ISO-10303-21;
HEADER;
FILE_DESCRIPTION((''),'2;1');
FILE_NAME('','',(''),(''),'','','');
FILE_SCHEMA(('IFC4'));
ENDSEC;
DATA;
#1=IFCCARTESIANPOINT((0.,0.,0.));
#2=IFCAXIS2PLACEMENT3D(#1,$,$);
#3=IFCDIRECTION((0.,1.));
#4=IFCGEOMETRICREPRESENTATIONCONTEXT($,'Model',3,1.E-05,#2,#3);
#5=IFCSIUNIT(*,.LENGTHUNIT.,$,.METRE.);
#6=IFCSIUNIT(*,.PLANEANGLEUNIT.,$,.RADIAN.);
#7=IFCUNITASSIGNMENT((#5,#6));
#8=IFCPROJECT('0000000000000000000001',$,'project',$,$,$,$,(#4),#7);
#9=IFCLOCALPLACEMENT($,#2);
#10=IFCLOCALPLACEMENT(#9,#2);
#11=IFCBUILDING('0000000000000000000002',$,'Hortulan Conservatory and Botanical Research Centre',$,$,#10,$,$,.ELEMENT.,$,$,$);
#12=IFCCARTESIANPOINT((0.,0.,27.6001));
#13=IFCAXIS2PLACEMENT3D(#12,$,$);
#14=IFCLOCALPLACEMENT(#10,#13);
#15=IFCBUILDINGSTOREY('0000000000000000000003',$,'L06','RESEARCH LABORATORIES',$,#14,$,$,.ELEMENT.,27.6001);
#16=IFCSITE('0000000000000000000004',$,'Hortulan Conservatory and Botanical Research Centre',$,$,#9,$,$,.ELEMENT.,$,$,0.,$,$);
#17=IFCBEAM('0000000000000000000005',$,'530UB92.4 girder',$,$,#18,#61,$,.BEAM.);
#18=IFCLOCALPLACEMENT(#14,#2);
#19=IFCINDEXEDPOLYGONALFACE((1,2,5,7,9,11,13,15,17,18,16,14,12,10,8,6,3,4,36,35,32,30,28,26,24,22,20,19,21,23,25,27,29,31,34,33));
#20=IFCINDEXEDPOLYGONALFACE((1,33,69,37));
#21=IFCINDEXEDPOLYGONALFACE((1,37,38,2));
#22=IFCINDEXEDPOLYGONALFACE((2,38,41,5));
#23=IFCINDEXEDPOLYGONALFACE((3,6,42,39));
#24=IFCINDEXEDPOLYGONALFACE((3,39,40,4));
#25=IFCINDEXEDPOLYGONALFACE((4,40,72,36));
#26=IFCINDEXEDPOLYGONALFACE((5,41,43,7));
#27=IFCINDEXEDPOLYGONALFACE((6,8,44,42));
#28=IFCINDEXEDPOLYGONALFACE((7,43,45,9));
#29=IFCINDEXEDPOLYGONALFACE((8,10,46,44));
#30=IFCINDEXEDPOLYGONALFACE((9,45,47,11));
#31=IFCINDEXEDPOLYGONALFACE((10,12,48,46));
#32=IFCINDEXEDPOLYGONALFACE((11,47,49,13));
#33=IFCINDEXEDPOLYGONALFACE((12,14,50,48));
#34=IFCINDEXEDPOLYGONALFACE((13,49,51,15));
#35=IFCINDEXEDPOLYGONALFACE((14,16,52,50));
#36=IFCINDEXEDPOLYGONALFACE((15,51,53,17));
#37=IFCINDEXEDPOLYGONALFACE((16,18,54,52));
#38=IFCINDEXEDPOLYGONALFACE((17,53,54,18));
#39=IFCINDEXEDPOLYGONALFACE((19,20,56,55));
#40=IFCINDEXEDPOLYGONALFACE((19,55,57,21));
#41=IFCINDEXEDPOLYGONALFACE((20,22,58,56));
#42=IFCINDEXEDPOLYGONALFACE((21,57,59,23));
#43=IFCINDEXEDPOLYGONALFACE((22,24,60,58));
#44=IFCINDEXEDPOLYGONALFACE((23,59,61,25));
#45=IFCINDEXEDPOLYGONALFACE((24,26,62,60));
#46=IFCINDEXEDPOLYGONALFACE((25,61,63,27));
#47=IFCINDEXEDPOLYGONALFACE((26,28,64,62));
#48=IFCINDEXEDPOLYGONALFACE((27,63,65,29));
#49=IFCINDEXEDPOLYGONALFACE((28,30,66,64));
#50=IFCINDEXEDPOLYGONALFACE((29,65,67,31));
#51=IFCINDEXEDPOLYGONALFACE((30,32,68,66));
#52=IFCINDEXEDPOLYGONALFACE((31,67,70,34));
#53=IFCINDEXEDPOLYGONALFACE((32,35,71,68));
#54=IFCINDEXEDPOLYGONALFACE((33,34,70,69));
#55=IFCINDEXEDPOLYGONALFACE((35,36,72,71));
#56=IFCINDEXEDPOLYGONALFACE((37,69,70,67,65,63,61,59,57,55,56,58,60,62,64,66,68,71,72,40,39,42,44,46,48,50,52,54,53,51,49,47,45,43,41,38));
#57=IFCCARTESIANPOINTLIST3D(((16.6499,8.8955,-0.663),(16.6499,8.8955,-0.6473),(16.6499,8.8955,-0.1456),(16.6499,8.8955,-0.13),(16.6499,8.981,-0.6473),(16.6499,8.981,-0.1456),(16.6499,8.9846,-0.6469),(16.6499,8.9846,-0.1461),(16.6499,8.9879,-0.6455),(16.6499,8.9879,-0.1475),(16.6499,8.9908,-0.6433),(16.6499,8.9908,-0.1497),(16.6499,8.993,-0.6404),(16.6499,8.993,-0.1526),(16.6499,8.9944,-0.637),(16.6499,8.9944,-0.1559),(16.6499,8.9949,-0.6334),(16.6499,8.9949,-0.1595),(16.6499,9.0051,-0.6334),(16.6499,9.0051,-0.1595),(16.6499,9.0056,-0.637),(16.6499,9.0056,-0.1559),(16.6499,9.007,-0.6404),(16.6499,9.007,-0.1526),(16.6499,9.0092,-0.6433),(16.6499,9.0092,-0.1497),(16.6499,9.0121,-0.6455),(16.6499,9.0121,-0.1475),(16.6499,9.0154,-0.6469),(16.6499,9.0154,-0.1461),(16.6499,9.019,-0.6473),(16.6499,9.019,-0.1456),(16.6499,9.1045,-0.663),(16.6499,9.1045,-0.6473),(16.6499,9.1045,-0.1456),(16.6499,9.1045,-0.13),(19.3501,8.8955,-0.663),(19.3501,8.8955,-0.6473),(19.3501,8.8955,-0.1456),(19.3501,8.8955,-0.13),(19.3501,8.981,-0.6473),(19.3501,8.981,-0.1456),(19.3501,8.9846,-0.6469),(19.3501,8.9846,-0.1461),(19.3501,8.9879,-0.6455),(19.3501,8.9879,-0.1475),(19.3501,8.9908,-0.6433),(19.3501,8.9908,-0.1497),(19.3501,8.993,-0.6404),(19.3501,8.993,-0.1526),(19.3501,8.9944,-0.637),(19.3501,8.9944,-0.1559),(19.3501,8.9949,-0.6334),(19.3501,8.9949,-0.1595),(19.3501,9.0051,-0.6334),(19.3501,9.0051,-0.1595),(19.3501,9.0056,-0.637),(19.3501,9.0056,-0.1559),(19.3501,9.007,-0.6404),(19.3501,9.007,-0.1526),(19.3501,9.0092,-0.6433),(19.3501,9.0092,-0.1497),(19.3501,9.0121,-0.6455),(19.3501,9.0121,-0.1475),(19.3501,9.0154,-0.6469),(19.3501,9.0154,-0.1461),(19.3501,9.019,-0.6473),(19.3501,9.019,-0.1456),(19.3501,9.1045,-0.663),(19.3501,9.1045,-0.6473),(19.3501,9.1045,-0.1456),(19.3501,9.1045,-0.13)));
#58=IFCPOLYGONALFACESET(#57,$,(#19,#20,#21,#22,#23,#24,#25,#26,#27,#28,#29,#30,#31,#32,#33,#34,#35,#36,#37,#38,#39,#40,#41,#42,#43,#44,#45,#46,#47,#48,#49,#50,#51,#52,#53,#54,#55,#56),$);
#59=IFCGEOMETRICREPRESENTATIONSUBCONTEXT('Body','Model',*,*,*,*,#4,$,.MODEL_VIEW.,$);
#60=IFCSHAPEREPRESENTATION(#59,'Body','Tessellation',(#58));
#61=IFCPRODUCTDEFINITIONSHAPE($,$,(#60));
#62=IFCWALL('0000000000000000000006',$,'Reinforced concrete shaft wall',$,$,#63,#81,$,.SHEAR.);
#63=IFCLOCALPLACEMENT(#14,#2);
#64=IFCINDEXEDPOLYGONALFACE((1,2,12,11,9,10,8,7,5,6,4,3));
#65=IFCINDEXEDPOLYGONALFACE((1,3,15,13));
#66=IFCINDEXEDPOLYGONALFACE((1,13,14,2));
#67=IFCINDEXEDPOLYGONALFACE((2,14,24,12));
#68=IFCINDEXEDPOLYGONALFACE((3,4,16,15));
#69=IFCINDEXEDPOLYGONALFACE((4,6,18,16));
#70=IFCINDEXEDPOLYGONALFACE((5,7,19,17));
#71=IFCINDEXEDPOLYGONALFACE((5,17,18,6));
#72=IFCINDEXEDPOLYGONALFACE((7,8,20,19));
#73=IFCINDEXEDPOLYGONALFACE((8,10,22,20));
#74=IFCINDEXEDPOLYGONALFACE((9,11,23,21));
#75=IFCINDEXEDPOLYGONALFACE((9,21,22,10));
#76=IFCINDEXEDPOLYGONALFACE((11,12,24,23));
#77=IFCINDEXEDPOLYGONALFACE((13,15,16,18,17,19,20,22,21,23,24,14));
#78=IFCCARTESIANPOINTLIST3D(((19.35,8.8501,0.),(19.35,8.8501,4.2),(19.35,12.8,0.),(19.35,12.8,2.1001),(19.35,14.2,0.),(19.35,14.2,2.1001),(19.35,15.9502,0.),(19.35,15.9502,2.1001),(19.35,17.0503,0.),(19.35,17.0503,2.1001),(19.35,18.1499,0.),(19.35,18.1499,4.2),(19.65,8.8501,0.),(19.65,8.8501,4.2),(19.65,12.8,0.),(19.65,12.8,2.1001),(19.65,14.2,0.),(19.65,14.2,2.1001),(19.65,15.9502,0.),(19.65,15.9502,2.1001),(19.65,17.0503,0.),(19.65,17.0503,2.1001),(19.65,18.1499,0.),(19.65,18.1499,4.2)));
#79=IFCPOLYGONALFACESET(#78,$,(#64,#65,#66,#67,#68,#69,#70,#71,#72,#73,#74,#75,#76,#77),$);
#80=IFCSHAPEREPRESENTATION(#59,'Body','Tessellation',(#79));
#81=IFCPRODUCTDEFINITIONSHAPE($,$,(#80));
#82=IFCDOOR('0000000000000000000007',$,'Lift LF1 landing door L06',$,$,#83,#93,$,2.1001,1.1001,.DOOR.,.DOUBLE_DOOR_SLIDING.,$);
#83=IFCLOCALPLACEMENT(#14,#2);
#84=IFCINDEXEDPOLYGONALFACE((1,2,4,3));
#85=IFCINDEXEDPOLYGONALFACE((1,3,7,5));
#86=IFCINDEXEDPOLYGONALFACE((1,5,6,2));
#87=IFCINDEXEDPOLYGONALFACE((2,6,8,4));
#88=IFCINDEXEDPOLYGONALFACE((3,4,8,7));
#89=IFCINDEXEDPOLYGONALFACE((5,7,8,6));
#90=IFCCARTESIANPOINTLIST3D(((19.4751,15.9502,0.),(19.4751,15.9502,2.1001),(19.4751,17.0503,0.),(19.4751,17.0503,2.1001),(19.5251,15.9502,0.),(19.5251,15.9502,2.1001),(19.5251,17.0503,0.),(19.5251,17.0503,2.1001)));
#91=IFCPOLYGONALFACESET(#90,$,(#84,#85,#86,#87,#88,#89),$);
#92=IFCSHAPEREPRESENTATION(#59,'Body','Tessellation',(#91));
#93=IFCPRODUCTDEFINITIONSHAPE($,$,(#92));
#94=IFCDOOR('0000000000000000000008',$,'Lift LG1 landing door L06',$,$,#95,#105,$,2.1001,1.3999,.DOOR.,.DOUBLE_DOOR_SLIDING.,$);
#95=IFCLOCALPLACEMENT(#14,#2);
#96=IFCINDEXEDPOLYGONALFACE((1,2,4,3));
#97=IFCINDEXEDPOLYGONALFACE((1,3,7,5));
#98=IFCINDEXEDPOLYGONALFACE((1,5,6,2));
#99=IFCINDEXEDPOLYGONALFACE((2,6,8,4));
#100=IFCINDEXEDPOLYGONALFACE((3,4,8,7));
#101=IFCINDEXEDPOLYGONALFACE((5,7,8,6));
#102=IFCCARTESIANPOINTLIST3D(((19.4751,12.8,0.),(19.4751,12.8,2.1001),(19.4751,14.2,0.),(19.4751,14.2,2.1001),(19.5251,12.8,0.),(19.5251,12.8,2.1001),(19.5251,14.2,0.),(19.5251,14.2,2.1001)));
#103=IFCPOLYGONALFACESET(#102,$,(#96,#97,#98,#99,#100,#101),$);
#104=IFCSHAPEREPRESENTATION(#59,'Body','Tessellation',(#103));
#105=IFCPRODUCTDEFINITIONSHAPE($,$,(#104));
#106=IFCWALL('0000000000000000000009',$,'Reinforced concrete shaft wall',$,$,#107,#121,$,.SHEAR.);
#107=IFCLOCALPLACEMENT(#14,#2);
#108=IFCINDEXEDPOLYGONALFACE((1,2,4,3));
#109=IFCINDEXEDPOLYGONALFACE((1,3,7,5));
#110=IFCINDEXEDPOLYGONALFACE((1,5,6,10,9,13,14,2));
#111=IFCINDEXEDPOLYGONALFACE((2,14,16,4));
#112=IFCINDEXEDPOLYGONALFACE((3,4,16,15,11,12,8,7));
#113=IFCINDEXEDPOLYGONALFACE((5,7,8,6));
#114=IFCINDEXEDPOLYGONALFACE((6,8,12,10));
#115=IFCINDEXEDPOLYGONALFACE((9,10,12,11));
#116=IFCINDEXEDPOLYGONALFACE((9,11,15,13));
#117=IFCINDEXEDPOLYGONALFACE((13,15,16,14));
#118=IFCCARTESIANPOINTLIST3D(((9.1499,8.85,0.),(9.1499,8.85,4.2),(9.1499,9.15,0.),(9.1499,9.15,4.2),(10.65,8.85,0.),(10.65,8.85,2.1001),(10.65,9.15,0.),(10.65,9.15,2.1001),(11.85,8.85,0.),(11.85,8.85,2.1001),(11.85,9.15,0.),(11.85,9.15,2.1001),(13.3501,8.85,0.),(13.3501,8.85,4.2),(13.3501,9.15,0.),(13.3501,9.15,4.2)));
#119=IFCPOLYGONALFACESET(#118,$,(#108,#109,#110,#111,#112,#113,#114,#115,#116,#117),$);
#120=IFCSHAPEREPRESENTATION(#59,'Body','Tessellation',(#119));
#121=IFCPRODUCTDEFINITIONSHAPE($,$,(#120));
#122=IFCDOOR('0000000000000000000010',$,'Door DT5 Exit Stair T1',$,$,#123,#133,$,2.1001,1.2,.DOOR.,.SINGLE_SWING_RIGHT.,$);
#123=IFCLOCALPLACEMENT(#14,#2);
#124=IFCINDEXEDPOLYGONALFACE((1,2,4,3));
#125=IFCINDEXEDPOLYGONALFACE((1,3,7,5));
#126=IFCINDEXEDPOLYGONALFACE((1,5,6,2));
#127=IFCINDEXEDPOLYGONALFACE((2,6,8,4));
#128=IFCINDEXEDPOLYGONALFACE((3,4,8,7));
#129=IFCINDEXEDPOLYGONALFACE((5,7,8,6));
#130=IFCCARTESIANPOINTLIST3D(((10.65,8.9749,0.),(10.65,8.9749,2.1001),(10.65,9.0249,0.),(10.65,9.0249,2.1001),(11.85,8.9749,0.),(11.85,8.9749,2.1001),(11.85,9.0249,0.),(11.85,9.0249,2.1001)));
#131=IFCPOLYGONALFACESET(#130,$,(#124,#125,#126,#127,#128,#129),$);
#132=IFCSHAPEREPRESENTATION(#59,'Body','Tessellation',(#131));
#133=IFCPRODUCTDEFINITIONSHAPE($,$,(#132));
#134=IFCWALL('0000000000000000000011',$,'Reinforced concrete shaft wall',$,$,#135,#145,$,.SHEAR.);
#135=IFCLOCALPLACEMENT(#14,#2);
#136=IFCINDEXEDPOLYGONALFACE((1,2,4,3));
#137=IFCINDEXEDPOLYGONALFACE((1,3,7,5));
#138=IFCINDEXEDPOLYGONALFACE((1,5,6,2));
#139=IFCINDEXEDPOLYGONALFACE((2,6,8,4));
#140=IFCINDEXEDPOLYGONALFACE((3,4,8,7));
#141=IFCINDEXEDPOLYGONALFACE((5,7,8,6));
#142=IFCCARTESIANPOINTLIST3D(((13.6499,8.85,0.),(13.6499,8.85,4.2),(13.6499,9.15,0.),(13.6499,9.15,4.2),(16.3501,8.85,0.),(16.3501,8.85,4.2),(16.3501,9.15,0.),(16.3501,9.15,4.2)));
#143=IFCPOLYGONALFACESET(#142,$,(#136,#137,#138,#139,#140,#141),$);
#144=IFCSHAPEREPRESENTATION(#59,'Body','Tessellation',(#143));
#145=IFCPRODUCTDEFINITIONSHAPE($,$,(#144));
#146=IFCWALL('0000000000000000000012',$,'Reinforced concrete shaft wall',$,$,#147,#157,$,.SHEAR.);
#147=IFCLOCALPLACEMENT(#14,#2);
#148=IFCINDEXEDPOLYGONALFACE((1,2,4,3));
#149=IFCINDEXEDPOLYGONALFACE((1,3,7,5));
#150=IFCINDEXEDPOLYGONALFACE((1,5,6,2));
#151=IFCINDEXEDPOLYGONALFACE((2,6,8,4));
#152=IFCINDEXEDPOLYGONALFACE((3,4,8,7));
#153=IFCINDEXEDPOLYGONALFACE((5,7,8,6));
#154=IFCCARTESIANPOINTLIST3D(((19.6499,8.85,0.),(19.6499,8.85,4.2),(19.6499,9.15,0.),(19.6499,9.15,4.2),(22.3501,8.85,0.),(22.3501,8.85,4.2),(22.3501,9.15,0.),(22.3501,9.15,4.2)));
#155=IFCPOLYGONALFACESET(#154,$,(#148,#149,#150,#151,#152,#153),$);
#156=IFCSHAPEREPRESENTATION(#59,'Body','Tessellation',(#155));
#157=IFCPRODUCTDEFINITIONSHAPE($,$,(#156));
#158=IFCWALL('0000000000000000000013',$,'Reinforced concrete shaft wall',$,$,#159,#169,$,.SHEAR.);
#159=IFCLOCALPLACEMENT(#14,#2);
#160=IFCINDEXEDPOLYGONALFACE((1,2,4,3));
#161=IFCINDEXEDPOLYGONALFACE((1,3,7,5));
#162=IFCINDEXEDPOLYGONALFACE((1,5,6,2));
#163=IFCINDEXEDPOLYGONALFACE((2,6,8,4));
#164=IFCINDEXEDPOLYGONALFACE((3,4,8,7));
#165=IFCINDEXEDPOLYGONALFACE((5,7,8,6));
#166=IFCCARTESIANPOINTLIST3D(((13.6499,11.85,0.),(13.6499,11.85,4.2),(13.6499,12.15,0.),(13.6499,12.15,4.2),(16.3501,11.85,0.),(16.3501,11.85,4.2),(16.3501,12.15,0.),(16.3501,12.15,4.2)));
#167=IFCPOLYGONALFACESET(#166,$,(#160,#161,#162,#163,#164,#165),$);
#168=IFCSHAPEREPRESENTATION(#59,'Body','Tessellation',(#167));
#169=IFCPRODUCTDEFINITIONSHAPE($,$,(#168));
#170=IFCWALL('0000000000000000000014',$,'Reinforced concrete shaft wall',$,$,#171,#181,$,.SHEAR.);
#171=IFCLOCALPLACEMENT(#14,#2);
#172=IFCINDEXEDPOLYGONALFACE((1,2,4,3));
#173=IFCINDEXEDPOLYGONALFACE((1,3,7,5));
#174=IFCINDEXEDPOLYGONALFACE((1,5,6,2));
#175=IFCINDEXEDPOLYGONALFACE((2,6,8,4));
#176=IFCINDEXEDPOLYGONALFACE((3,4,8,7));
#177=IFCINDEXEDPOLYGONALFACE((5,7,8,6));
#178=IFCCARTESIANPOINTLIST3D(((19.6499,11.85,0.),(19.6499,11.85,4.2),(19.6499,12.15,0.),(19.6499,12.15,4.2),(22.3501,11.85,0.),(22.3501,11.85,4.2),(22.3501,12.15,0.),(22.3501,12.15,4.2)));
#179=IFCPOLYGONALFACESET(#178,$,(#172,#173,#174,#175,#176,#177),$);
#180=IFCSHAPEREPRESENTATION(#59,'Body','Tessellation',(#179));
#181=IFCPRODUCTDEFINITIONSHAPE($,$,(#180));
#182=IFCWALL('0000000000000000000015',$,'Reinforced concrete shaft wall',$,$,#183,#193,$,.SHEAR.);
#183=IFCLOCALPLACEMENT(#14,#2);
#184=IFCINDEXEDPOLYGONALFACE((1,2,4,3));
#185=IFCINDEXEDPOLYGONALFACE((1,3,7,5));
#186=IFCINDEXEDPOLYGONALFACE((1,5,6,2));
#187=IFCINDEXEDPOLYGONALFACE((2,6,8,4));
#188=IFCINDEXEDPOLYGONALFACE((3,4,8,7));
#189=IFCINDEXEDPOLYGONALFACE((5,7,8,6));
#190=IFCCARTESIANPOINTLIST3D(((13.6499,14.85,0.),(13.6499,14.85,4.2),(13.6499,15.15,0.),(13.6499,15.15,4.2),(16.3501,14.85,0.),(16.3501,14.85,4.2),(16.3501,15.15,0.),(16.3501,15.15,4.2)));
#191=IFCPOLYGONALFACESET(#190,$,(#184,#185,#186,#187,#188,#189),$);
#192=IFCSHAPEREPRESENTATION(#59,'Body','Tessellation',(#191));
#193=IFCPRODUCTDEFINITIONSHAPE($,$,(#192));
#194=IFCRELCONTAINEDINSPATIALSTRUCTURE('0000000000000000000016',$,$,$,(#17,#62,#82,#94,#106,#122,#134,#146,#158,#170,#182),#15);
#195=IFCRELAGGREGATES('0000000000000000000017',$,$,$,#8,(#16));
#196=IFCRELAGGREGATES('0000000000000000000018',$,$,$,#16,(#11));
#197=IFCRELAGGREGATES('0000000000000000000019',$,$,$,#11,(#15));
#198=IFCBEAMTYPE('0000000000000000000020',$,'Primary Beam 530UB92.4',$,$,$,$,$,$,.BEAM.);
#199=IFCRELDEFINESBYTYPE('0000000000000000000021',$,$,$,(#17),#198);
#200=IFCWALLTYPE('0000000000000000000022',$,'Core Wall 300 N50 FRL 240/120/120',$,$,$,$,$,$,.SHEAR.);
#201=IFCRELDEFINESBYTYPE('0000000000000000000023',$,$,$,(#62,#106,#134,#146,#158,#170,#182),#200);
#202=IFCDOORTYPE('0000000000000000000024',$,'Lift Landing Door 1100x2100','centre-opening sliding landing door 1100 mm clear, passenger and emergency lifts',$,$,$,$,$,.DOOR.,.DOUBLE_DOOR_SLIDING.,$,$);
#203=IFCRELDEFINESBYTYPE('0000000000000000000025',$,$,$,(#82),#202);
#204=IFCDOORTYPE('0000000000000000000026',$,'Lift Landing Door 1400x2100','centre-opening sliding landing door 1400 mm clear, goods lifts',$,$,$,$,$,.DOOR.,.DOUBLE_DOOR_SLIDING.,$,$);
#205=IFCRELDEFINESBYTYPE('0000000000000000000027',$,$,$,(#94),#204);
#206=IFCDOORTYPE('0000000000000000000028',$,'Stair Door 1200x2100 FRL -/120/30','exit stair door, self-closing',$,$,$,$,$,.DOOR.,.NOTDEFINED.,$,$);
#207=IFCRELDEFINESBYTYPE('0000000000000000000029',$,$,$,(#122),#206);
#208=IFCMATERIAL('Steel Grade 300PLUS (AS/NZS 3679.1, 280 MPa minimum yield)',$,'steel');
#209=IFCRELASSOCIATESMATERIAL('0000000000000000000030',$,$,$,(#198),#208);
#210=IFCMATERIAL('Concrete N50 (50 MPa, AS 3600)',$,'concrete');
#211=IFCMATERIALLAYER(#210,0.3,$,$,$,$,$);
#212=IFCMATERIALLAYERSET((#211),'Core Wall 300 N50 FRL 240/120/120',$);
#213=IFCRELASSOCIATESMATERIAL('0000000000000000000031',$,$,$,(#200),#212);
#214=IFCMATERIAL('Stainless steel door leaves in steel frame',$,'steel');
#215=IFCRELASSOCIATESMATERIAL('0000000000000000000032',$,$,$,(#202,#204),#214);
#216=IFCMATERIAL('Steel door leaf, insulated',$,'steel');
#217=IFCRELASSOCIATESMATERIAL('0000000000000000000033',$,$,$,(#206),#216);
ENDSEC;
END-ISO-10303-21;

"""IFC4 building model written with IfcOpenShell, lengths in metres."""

from ifc_helpers import new_model, si_unit, direction, frame, frame_2d, origin, origin_2d, place, context, subcontext, project, spatial, rectangle, i_section, extrude, material, layer, layer_set, material_profile, profile_set, type_object, element, fill, save


model = new_model("IFC4")

# Units and contexts
model_context = context("Model", 3, precision=1e-05, world=origin(), true_north=direction((0.0, 1.0)))
body_context = subcontext(model_context, "Body", "Model", "MODEL_VIEW")
ifc_project = project(units=[si_unit("LENGTHUNIT", "METRE"), si_unit("PLANEANGLEUNIT", "RADIAN")], contexts=[model_context])

# Site, building, storey
site_placement = place(None, origin())
site = spatial("IfcSite", under=ifc_project, at=site_placement, Name="Hortulan Conservatory and Botanical Research Centre", CompositionType="ELEMENT", RefElevation=0.0)
building_placement = place(site_placement, origin())
building = spatial("IfcBuilding", under=site, at=building_placement, Name="Hortulan Conservatory and Botanical Research Centre", CompositionType="ELEMENT")
storey_placement = place(building_placement, frame((0.0, 0.0, 27.6001)))
storey = spatial("IfcBuildingStorey", under=building, at=storey_placement, Name="L06", Description="RESEARCH LABORATORIES", CompositionType="ELEMENT", Elevation=27.6001)

# Beam
ifc_material_1 = material(Name="Steel Grade 300PLUS (AS/NZS 3679.1, 280 MPa minimum yield)", Category="steel")
ifc_material_profile = material_profile(ifc_material_1, i_section(OverallWidth=0.209, OverallDepth=0.533, WebThickness=0.0103, FlangeThickness=0.0156, FilletRadius=0.0139, at=origin_2d()), Name="530UB92.4")
ifc_profile_set = profile_set([ifc_material_profile], Name="Steel Grade 300PLUS (AS/NZS 3679.1, 280 MPa minimum yield)")
beam_type = type_object("IfcBeamType", Name="Primary Beam 530UB92.4", PredefinedType="BEAM", material=ifc_profile_set)
beam_placement = place(storey_placement, frame((16.6499, 9.0, -0.3965), z_axis=(1.0, 0.0, 0.0), x_axis=(0.0, 1.0, 0.0)))
element("IfcBeam", 1, at=beam_placement, inside=storey, type_object=beam_type, Name="530UB92.4 girder", PredefinedType="BEAM", context=body_context, shape_type="SweptSolid", body=[
    extrude(i_section(OverallWidth=0.209, OverallDepth=0.533, WebThickness=0.0103, FlangeThickness=0.0156, FilletRadius=0.0139, at=origin_2d()), origin(), (0.0, 0.0, 1.0), 2.7002),
])

# Wall, openings, doors
ifc_material_2 = material(Name="Concrete N50 (50 MPa, AS 3600)", Category="concrete")
ifc_layer_1 = layer(ifc_material_2, 0.3)
ifc_layer_set_1 = layer_set([ifc_layer_1], Name="Core Wall 300 N50 FRL 240/120/120")
wall_type = type_object("IfcWallType", Name="Core Wall 300 N50 FRL 240/120/120", PredefinedType="SHEAR", material=ifc_layer_set_1)
wall_1_placement = place(storey_placement, frame((19.5, 8.8501, 0.0), z_axis=(0.0, 0.0, 1.0), x_axis=(0.0, 1.0, 0.0)))
wall_1 = element("IfcWall", 2, at=wall_1_placement, inside=storey, type_object=wall_type, Name="Reinforced concrete shaft wall", PredefinedType="SHEAR", context=body_context, shape_type="SweptSolid", body=[
    extrude(rectangle(XDim=9.2998, YDim=0.3, at=frame_2d((4.6499, 0.0))), origin(), (0.0, 0.0, 1.0), 4.2),
])
opening_1_placement = place(wall_1_placement, frame((3.95, 0.0, 0.0)))
opening_1 = element("IfcOpeningElement", 3, at=opening_1_placement, cuts=wall_1, PredefinedType="OPENING", context=body_context, shape_type="SweptSolid", body=[
    extrude(rectangle(XDim=1.3999, YDim=2.1001, at=frame_2d((0.7, 1.05))), frame((0.0, 0.1599, 0.0), z_axis=(0.0, -1.0, 0.0), x_axis=(1.0, 0.0, 0.0)), (0.0, 0.0, 1.0), 0.3201),
])
opening_2_placement = place(wall_1_placement, frame((7.1001, 0.0, 0.0)))
opening_2 = element("IfcOpeningElement", 4, at=opening_2_placement, cuts=wall_1, PredefinedType="OPENING", context=body_context, shape_type="SweptSolid", body=[
    extrude(rectangle(XDim=1.1001, YDim=2.1001, at=frame_2d((0.55, 1.05))), frame((0.0, 0.1599, 0.0), z_axis=(0.0, -1.0, 0.0), x_axis=(1.0, 0.0, 0.0)), (0.0, 0.0, 1.0), 0.3201),
])
ifc_material_3 = material(Name="Stainless steel door leaves in steel frame", Category="steel")
door_type_1 = type_object("IfcDoorType", Name="Lift Landing Door 1100x2100", Description="centre-opening sliding landing door 1100 mm clear, passenger and emergency lifts", OperationType="DOUBLE_DOOR_SLIDING", PredefinedType="DOOR", material=ifc_material_3)
door_1_placement = place(opening_2_placement, origin())
door_1 = element("IfcDoor", 5, at=door_1_placement, inside=storey, type_object=door_type_1, Name="Lift LF1 landing door L06", OperationType="DOUBLE_DOOR_SLIDING", OverallHeight=2.1001, OverallWidth=1.1001, PredefinedType="DOOR", context=body_context, shape_type="SweptSolid", body=[
    extrude(rectangle(XDim=1.1001, YDim=2.1001, at=frame_2d((0.55, 1.05))), frame((0.0, 0.0249, 0.0), z_axis=(0.0, -1.0, 0.0), x_axis=(1.0, 0.0, 0.0)), (0.0, 0.0, 1.0), 0.05),
])
fill(opening_2, door_1)
door_type_2 = type_object("IfcDoorType", Name="Lift Landing Door 1400x2100", Description="centre-opening sliding landing door 1400 mm clear, goods lifts", OperationType="DOUBLE_DOOR_SLIDING", PredefinedType="DOOR", material=ifc_material_3)
door_2_placement = place(opening_1_placement, origin())
door_2 = element("IfcDoor", 6, at=door_2_placement, inside=storey, type_object=door_type_2, Name="Lift LG1 landing door L06", OperationType="DOUBLE_DOOR_SLIDING", OverallHeight=2.1001, OverallWidth=1.3999, PredefinedType="DOOR", context=body_context, shape_type="SweptSolid", body=[
    extrude(rectangle(XDim=1.3999, YDim=2.1001, at=frame_2d((0.7, 1.05))), frame((0.0, 0.0249, 0.0), z_axis=(0.0, -1.0, 0.0), x_axis=(1.0, 0.0, 0.0)), (0.0, 0.0, 1.0), 0.05),
])
fill(opening_1, door_2)

# Wall, opening, door
wall_2_placement = place(storey_placement, frame((9.1499, 9.0, 0.0), z_axis=(0.0, 0.0, 1.0), x_axis=(1.0, 0.0, 0.0)))
wall_2 = element("IfcWall", 7, at=wall_2_placement, inside=storey, type_object=wall_type, Name="Reinforced concrete shaft wall", PredefinedType="SHEAR", context=body_context, shape_type="SweptSolid", body=[
    extrude(rectangle(XDim=4.2002, YDim=0.3, at=frame_2d((2.1001, 0.0))), origin(), (0.0, 0.0, 1.0), 4.2),
])
opening_3_placement = place(wall_2_placement, frame((1.5, 0.0, 0.0)))
opening_3 = element("IfcOpeningElement", 8, at=opening_3_placement, cuts=wall_2, PredefinedType="OPENING", context=body_context, shape_type="SweptSolid", body=[
    extrude(rectangle(XDim=1.2, YDim=2.1001, at=frame_2d((0.6001, 1.05))), frame((0.0, 0.1599, 0.0), z_axis=(0.0, -1.0, 0.0), x_axis=(1.0, 0.0, 0.0)), (0.0, 0.0, 1.0), 0.3201),
])
ifc_material_4 = material(Name="Steel door leaf, insulated", Category="steel")
door_type_3 = type_object("IfcDoorType", Name="Stair Door 1200x2100 FRL -/120/30", Description="exit stair door, self-closing", OperationType="NOTDEFINED", PredefinedType="DOOR", material=ifc_material_4)
door_3_placement = place(opening_3_placement, origin())
door_3 = element("IfcDoor", 9, at=door_3_placement, inside=storey, type_object=door_type_3, Name="Door DT5 Exit Stair T1", OperationType="SINGLE_SWING_RIGHT", OverallHeight=2.1001, OverallWidth=1.2, PredefinedType="DOOR", context=body_context, shape_type="SweptSolid", body=[
    extrude(rectangle(XDim=1.2, YDim=2.1001, at=frame_2d((0.6001, 1.05))), frame((0.0, 0.0249, 0.0), z_axis=(0.0, -1.0, 0.0), x_axis=(1.0, 0.0, 0.0)), (0.0, 0.0, 1.0), 0.05),
])
fill(opening_3, door_3)

# Walls
for number, where, z_axis, x_axis, name in (
    (10, (13.6499, 9.0, 0.0), (0.0, 0.0, 1.0), (1.0, 0.0, 0.0), "Reinforced concrete shaft wall"),
    (11, (19.6499, 9.0, 0.0), (0.0, 0.0, 1.0), (1.0, 0.0, 0.0), "Reinforced concrete shaft wall"),
    (12, (13.6499, 12.0, 0.0), (0.0, 0.0, 1.0), (1.0, 0.0, 0.0), "Reinforced concrete shaft wall"),
    (13, (19.6499, 12.0, 0.0), (0.0, 0.0, 1.0), (1.0, 0.0, 0.0), "Reinforced concrete shaft wall"),
    (14, (13.6499, 15.0, 0.0), (0.0, 0.0, 1.0), (1.0, 0.0, 0.0), "Reinforced concrete shaft wall"),
):
    element("IfcWall", number, at=place(storey_placement, frame(where, z_axis=z_axis, x_axis=x_axis)), inside=storey, type_object=wall_type, Name=name, PredefinedType="SHEAR", context=body_context, shape_type="SweptSolid", body=[
        extrude(rectangle(XDim=2.7002, YDim=0.3, at=frame_2d((1.3501, 0.0))), origin(), (0.0, 0.0, 1.0), 4.2),
    ])

save(model, "model.ifc")
